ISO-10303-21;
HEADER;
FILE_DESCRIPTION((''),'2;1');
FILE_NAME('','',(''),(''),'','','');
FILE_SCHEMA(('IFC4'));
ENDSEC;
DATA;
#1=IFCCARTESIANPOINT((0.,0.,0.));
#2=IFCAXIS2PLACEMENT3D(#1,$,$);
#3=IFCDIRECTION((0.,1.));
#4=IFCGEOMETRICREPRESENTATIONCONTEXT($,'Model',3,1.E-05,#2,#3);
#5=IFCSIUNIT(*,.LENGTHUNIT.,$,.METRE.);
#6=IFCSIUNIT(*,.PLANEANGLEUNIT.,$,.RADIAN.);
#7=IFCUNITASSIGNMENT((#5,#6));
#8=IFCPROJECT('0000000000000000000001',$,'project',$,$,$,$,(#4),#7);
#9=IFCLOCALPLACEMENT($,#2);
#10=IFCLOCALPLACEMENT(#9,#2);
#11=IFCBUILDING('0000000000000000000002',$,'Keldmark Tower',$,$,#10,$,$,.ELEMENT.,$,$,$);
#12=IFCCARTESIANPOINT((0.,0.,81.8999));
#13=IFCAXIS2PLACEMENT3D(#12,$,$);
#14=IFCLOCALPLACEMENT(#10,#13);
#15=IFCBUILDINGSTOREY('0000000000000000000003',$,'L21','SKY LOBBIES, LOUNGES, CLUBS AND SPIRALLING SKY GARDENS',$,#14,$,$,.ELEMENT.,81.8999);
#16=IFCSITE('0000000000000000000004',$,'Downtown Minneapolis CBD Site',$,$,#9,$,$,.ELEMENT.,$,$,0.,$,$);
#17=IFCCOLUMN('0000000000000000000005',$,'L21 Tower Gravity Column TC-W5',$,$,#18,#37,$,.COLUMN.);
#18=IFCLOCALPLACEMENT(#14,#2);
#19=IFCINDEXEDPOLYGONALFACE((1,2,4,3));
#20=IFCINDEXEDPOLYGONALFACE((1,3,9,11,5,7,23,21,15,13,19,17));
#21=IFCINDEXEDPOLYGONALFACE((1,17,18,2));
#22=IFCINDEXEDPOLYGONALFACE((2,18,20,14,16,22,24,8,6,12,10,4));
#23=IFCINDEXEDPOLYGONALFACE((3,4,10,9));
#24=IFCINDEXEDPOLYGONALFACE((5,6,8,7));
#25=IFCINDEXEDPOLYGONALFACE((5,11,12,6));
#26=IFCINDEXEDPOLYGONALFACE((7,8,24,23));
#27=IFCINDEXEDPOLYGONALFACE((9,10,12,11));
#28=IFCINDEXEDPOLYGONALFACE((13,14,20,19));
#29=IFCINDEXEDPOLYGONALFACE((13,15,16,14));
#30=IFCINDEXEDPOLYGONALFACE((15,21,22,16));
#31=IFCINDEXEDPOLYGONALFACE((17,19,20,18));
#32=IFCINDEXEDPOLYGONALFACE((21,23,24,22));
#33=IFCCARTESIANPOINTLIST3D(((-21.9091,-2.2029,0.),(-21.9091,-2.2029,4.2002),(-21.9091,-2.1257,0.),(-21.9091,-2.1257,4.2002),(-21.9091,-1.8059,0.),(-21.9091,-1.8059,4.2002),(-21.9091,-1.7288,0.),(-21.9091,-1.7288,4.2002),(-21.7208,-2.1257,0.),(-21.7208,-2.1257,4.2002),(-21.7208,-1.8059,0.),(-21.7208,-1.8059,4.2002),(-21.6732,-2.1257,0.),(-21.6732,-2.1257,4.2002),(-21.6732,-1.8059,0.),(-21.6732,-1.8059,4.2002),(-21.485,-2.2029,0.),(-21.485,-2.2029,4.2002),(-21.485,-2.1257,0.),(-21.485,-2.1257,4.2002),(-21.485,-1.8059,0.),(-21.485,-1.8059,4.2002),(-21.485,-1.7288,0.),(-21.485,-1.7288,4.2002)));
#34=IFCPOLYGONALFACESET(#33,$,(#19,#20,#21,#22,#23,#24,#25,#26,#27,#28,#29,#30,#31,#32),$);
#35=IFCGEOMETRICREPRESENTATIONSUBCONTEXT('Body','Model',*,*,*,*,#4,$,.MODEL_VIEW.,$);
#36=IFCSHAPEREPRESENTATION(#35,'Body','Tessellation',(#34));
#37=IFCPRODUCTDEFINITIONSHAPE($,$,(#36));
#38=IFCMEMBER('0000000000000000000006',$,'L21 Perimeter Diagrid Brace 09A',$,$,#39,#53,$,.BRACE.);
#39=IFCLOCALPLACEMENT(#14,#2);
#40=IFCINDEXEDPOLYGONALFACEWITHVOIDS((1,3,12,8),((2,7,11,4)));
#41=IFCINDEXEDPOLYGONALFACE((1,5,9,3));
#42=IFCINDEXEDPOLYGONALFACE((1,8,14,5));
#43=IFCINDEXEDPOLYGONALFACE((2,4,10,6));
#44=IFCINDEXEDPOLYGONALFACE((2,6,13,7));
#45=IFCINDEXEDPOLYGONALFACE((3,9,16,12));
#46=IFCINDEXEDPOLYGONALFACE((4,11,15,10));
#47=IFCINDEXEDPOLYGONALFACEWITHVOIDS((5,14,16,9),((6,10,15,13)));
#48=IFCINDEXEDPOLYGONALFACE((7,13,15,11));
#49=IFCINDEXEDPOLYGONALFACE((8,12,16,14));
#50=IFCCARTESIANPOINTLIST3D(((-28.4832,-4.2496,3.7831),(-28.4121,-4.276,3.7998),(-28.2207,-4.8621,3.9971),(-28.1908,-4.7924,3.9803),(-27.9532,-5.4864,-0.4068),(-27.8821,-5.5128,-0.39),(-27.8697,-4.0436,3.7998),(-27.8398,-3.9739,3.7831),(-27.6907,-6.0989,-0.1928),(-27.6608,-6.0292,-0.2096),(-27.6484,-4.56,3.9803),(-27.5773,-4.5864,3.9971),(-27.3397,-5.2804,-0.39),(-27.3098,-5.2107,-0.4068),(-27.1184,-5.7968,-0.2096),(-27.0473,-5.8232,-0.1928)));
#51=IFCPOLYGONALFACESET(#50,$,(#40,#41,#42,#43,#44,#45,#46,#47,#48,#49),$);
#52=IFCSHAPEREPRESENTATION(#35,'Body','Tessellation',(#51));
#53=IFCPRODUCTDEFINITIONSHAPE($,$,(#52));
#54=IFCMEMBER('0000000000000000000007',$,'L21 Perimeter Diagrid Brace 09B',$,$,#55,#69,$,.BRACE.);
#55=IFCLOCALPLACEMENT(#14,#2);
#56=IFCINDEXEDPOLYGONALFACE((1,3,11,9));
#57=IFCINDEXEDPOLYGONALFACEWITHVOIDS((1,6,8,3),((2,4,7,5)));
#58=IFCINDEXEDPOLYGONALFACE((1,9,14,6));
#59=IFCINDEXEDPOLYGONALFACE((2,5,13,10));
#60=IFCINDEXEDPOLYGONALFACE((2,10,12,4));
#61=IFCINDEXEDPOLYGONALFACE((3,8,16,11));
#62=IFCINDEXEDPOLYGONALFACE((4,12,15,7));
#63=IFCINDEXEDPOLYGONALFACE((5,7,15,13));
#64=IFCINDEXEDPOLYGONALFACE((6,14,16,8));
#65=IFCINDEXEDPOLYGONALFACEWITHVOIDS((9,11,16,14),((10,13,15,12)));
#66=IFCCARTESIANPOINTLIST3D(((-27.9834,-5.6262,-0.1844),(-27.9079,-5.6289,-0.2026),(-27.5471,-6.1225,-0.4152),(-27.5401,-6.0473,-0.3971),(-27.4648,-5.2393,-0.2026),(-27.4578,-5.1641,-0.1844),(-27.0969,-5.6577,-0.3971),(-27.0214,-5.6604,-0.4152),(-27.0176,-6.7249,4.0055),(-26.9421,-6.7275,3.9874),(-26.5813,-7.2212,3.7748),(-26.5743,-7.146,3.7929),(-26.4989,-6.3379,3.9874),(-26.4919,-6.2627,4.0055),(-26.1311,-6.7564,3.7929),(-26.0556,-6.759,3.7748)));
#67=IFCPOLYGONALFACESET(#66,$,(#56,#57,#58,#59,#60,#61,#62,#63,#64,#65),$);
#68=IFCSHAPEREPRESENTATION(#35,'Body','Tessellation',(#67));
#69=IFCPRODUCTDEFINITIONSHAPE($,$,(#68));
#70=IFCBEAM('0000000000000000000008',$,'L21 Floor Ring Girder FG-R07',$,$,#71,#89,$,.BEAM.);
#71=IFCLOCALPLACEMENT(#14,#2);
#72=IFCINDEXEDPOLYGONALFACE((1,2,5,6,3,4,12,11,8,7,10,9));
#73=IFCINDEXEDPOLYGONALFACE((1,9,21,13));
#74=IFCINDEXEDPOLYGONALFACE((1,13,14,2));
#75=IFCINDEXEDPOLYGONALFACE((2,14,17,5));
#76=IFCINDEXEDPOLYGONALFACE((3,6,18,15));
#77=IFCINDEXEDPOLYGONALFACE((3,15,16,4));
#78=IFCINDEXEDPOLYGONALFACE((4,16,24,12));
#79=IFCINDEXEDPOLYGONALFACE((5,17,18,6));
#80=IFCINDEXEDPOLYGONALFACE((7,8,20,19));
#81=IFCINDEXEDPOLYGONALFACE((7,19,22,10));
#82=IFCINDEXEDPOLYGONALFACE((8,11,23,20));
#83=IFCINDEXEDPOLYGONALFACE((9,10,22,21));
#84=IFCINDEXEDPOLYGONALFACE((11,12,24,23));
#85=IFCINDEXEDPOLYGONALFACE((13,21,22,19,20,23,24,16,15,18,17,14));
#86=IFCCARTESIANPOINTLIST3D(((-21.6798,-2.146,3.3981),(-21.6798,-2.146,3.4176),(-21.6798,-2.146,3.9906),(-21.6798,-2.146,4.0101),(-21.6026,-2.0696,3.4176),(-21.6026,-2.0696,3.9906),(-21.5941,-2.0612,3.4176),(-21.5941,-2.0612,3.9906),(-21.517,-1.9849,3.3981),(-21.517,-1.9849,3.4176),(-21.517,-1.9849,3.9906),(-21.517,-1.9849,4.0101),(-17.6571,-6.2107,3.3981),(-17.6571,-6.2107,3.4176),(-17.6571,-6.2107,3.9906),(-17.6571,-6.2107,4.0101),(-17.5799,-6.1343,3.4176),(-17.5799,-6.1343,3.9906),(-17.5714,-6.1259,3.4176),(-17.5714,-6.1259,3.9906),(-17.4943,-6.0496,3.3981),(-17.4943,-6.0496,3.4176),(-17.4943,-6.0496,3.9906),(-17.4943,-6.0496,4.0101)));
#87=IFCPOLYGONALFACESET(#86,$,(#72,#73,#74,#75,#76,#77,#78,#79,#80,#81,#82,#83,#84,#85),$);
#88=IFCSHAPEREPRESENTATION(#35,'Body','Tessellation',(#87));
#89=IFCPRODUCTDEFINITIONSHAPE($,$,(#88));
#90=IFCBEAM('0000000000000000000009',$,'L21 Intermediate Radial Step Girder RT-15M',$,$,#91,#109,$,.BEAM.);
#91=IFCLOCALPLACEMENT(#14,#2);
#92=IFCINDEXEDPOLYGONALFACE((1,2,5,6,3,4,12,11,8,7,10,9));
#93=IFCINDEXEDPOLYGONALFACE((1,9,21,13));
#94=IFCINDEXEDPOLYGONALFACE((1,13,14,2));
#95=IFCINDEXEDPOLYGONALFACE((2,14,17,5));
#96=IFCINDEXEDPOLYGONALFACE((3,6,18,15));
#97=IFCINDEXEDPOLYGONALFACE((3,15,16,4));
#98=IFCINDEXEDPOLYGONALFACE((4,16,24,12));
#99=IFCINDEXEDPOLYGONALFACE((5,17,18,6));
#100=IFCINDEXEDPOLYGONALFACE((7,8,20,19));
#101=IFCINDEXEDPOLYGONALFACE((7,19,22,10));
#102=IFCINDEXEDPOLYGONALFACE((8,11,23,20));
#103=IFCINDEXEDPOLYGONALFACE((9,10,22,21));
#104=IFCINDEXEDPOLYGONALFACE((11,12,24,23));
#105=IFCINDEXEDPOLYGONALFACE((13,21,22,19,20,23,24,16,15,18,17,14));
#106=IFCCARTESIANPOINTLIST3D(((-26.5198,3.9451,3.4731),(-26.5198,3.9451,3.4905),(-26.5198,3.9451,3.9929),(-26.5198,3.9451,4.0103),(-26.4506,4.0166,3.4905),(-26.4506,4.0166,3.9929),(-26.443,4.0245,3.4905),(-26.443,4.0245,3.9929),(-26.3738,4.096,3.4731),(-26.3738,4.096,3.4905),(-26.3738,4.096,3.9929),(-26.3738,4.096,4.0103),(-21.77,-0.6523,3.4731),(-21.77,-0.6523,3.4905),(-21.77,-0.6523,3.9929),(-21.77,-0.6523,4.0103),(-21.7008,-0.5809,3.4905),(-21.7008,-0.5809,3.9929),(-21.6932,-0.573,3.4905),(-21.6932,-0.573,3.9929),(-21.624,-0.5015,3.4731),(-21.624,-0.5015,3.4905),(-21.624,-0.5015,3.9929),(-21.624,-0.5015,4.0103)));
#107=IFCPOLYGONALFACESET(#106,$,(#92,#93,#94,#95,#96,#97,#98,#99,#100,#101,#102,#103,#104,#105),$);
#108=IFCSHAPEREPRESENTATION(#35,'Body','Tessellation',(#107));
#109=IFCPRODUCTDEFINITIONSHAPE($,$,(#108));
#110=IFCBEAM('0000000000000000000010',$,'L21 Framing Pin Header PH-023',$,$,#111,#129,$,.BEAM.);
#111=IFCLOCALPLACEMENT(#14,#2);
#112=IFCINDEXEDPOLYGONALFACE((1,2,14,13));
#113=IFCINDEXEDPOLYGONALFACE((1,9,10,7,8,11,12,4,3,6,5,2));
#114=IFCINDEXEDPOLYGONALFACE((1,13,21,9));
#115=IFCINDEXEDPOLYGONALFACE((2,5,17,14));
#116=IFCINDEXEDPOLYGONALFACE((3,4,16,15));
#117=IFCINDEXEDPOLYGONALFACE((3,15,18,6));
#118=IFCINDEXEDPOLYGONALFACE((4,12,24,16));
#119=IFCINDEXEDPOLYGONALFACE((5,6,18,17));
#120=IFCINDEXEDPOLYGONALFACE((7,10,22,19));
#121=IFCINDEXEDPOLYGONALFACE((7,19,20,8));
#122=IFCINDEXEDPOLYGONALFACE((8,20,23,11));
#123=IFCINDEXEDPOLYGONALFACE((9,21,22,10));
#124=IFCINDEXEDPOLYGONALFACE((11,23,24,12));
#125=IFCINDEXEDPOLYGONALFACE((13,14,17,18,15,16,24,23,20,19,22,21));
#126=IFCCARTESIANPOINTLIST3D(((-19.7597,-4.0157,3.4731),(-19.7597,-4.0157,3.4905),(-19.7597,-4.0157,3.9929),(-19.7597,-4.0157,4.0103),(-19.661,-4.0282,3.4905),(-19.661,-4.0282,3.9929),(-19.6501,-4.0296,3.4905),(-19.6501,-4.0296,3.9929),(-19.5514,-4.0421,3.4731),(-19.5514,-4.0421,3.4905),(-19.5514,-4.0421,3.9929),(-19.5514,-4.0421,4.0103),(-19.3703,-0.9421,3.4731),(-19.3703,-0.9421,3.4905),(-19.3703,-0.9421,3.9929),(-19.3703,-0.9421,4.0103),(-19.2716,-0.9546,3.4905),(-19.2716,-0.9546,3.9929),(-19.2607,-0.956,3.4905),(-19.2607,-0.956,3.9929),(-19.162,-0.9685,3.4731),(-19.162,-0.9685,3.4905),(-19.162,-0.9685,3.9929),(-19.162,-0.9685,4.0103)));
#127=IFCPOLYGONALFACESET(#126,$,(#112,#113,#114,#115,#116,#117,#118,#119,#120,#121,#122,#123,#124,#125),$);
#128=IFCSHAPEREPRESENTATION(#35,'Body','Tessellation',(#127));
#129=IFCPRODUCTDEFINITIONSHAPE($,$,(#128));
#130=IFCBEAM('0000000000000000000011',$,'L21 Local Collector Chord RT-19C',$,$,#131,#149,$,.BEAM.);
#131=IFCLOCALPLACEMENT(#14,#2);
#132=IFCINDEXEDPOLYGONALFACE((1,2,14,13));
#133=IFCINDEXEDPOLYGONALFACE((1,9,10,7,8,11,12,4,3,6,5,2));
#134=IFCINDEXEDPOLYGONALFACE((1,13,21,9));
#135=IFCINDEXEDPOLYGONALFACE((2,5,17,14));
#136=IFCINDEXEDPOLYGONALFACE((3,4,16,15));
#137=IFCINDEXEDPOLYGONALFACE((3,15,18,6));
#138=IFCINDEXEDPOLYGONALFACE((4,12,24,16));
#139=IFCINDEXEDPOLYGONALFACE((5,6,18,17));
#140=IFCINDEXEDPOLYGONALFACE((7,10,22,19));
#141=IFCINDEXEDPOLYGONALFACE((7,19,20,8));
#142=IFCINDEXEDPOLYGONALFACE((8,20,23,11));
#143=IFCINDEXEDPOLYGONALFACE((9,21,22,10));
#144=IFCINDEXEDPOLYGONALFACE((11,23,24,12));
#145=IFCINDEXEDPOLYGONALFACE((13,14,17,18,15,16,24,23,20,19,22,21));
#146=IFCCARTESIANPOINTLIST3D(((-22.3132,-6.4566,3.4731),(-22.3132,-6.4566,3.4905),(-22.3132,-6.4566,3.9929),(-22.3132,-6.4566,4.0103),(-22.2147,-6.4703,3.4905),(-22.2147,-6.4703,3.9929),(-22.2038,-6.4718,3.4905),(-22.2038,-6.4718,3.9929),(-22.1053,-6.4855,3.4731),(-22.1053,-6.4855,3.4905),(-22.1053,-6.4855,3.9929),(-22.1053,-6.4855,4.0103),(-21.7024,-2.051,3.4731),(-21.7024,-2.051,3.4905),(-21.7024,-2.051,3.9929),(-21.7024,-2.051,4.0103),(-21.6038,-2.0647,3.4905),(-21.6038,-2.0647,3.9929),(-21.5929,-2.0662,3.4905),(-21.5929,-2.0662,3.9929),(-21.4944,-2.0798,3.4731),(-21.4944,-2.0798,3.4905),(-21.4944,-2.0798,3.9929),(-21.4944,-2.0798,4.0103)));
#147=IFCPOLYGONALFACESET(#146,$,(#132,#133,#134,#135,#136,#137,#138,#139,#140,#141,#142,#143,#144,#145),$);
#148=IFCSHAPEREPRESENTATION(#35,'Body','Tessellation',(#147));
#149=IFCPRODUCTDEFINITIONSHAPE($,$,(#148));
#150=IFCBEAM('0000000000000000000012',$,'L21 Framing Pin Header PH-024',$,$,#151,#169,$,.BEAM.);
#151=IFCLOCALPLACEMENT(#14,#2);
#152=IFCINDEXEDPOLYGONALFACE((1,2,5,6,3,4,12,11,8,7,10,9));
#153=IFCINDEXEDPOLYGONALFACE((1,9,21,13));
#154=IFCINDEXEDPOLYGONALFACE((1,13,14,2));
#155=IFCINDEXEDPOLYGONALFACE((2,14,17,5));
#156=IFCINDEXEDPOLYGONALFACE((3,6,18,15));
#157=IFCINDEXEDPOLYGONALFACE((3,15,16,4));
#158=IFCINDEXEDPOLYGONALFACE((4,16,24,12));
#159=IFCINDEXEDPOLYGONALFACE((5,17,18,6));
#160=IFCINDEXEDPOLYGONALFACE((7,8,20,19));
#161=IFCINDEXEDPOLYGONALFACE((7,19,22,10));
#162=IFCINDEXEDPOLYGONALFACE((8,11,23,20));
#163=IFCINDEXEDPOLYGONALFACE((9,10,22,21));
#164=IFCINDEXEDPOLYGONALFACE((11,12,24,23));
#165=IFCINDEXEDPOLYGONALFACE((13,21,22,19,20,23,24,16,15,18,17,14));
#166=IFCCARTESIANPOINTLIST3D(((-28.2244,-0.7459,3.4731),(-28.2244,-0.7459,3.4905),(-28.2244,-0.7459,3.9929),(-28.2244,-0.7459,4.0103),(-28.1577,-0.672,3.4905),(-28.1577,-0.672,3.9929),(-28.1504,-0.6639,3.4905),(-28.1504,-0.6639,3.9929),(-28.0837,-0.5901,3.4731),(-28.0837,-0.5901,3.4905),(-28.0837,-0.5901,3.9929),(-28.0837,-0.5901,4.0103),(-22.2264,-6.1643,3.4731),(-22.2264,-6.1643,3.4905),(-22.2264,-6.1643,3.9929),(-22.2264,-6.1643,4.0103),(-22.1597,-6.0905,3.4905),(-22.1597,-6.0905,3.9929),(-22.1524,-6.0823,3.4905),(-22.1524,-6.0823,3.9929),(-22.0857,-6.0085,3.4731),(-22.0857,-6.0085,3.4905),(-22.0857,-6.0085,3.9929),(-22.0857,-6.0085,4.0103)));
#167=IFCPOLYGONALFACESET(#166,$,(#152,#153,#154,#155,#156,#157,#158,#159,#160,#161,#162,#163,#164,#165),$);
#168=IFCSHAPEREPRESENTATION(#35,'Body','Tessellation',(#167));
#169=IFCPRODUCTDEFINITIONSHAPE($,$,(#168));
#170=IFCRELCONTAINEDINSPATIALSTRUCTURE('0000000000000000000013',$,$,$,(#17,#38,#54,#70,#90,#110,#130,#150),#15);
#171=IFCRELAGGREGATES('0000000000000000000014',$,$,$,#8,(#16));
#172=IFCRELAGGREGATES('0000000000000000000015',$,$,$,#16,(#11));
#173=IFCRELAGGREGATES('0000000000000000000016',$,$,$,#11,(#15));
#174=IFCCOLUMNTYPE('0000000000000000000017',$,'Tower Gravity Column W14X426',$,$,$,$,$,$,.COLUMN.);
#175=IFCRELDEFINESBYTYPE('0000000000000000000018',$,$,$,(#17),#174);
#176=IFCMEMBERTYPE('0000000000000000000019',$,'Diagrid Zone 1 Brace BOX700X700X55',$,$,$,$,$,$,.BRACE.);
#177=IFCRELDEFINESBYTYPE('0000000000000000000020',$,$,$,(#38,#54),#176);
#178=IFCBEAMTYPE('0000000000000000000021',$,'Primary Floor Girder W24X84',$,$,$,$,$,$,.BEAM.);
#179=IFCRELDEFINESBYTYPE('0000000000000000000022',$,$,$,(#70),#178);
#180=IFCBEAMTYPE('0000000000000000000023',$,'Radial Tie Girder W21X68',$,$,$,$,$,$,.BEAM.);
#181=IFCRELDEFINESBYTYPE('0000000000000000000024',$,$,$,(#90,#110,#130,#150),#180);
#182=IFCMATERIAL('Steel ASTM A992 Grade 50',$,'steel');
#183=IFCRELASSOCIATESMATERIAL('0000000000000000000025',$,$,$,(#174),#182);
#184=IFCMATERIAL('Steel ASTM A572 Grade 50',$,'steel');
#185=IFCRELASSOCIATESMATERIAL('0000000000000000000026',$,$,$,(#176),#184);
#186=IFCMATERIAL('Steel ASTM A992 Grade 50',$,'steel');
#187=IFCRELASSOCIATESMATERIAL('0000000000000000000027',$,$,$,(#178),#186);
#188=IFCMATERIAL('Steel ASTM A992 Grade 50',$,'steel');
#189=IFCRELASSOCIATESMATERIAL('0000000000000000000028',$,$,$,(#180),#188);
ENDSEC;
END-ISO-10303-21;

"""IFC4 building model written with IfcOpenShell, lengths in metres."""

from ifc_helpers import new_model, si_unit, direction, frame, origin, origin_2d, place, context, subcontext, project, spatial, hollow_rectangle, i_section, extrude, material, material_profile, profile_set, type_object, element, save


model = new_model("IFC4")

# Units and contexts
model_context = context("Model", 3, precision=1e-05, world=origin(), true_north=direction((0.0, 1.0)))
body_context = subcontext(model_context, "Body", "Model", "MODEL_VIEW")
ifc_project = project(units=[si_unit("LENGTHUNIT", "METRE"), si_unit("PLANEANGLEUNIT", "RADIAN")], contexts=[model_context])

# Site, building, storey
site_placement = place(None, origin())
site = spatial("IfcSite", under=ifc_project, at=site_placement, Name="Downtown Minneapolis CBD Site", CompositionType="ELEMENT", RefElevation=0.0)
building_placement = place(site_placement, origin())
building = spatial("IfcBuilding", under=site, at=building_placement, Name="Keldmark Tower", CompositionType="ELEMENT")
storey_placement = place(building_placement, frame((0.0, 0.0, 81.8999)))
storey = spatial("IfcBuildingStorey", under=building, at=storey_placement, Name="L21", Description="SKY LOBBIES, LOUNGES, CLUBS AND SPIRALLING SKY GARDENS", CompositionType="ELEMENT", Elevation=81.8999)

# Column
ifc_material_1 = material(Name="Steel ASTM A992 Grade 50", Category="steel")
ifc_material_profile_1 = material_profile(ifc_material_1, i_section(OverallWidth=0.4241, OverallDepth=0.4741, WebThickness=0.0476, FlangeThickness=0.0771, at=origin_2d()), Name="W14X426")
ifc_profile_set_1 = profile_set([ifc_material_profile_1], Name="Steel ASTM A992 Grade 50")
column_type = type_object("IfcColumnType", Name="Tower Gravity Column W14X426", PredefinedType="COLUMN", material=ifc_profile_set_1)
column_placement = place(storey_placement, frame((-21.697, -1.9658, 0.0), z_axis=(0.0, 0.0, 1.0), x_axis=(1.0, 0.0, 0.0)))
element("IfcColumn", 1, at=column_placement, inside=storey, type_object=column_type, Name="L21 Tower Gravity Column TC-W5", PredefinedType="COLUMN", context=body_context, shape_type="SweptSolid", body=[
    extrude(i_section(OverallWidth=0.4241, OverallDepth=0.4741, WebThickness=0.0476, FlangeThickness=0.0771, at=origin_2d()), origin(), (0.0, 0.0, 1.0), 4.2002),
])

# Members
ifc_material_2 = material(Name="Steel ASTM A572 Grade 50", Category="steel")
ifc_material_profile_2 = material_profile(ifc_material_2, hollow_rectangle(XDim=0.7, YDim=0.7, WallThickness=0.0549, at=origin_2d()), Name="BOX700X700X55")
ifc_profile_set_2 = profile_set([ifc_material_profile_2], Name="Steel ASTM A572 Grade 50")
member_type = type_object("IfcMemberType", Name="Diagrid Zone 1 Brace BOX700X700X55", PredefinedType="BRACE", material=ifc_profile_set_2)
member_1_placement = place(storey_placement, frame((-27.5002, -5.6548, -0.2998), z_axis=(-0.120442, 0.281049, 0.952106), x_axis=(-0.919154, -0.393897, 0.0)))
element("IfcMember", 2, at=member_1_placement, inside=storey, type_object=member_type, Name="L21 Perimeter Diagrid Brace 09A", PredefinedType="BRACE", context=body_context, shape_type="SweptSolid", body=[
    extrude(hollow_rectangle(XDim=0.7, YDim=0.7, WallThickness=0.0549, at=origin_2d()), origin(), (0.0, 0.0, 1.0), 4.4006),
])
member_2_placement = place(storey_placement, frame((-27.5024, -5.6433, -0.2998), z_axis=(0.217628, -0.247554, 0.944116), x_axis=(0.751045, 0.660252, 0.0)))
element("IfcMember", 3, at=member_2_placement, inside=storey, type_object=member_type, Name="L21 Perimeter Diagrid Brace 09B", PredefinedType="BRACE", context=body_context, shape_type="SweptSolid", body=[
    extrude(hollow_rectangle(XDim=0.7, YDim=0.7, WallThickness=0.0549, at=origin_2d()), origin(), (0.0, 0.0, 1.0), 4.438),
])

# Beams
ifc_material_3 = material(Name="Steel ASTM A992 Grade 50", Category="steel")
ifc_material_profile_3 = material_profile(ifc_material_3, i_section(OverallWidth=0.229, OverallDepth=0.6121, WebThickness=0.012, FlangeThickness=0.0195, at=origin_2d()), Name="W24X84")
ifc_profile_set_3 = profile_set([ifc_material_profile_3], Name="Steel ASTM A992 Grade 50")
beam_type_1 = type_object("IfcBeamType", Name="Primary Floor Girder W24X84", PredefinedType="BEAM", material=ifc_profile_set_3)
beam_1_placement = place(storey_placement, frame((-21.5984, -2.0654, 3.7041), z_axis=(0.703426, -0.710769, 0.0), x_axis=(0.710769, 0.703426, 0.0)))
element("IfcBeam", 4, at=beam_1_placement, inside=storey, type_object=beam_type_1, Name="L21 Floor Ring Girder FG-R07", PredefinedType="BEAM", context=body_context, shape_type="SweptSolid", body=[
    extrude(i_section(OverallWidth=0.229, OverallDepth=0.6121, WebThickness=0.012, FlangeThickness=0.0195, at=origin_2d()), origin(), (0.0, 0.0, 1.0), 5.7188),
])
ifc_material_4 = material(Name="Steel ASTM A992 Grade 50", Category="steel")
ifc_material_profile_4 = material_profile(ifc_material_4, i_section(OverallWidth=0.21, OverallDepth=0.5371, WebThickness=0.011, FlangeThickness=0.0173, at=origin_2d()), Name="W21X68")
ifc_profile_set_4 = profile_set([ifc_material_profile_4], Name="Steel ASTM A992 Grade 50")
beam_type_2 = type_object("IfcBeamType", Name="Radial Tie Girder W21X68", PredefinedType="BEAM", material=ifc_profile_set_4)
beam_2_placement = place(storey_placement, frame((-21.697, -0.5769, 3.7417), z_axis=(-0.718536, 0.69549, 0.0), x_axis=(-0.69549, -0.718536, 0.0)))
element("IfcBeam", 5, at=beam_2_placement, inside=storey, type_object=beam_type_2, Name="L21 Intermediate Radial Step Girder RT-15M", PredefinedType="BEAM", context=body_context, shape_type="SweptSolid", body=[
    extrude(i_section(OverallWidth=0.21, OverallDepth=0.5371, WebThickness=0.011, FlangeThickness=0.0173, at=origin_2d()), origin(), (0.0, 0.0, 1.0), 6.6104),
])
beam_3_placement = place(storey_placement, frame((-19.2661, -0.9553, 3.7417), z_axis=(-0.125693, -0.992069, 0.0), x_axis=(0.992069, -0.125693, 0.0)))
element("IfcBeam", 6, at=beam_3_placement, inside=storey, type_object=beam_type_2, Name="L21 Framing Pin Header PH-023", PredefinedType="BEAM", context=body_context, shape_type="SweptSolid", body=[
    extrude(i_section(OverallWidth=0.21, OverallDepth=0.5371, WebThickness=0.011, FlangeThickness=0.0173, at=origin_2d()), origin(), (0.0, 0.0, 1.0), 3.0981),
])
beam_4_placement = place(storey_placement, frame((-21.5984, -2.0654, 3.7417), z_axis=(-0.137339, -0.990524, 0.0), x_axis=(0.990524, -0.137339, 0.0)))
element("IfcBeam", 7, at=beam_4_placement, inside=storey, type_object=beam_type_2, Name="L21 Local Collector Chord RT-19C", PredefinedType="BEAM", context=body_context, shape_type="SweptSolid", body=[
    extrude(i_section(OverallWidth=0.21, OverallDepth=0.5371, WebThickness=0.011, FlangeThickness=0.0173, at=origin_2d()), origin(), (0.0, 0.0, 1.0), 4.4478),
])
beam_5_placement = place(storey_placement, frame((-28.1541, -0.668, 3.7417), z_axis=(0.742049, -0.670345, 0.0), x_axis=(0.670345, 0.742049, 0.0)))
element("IfcBeam", 8, at=beam_5_placement, inside=storey, type_object=beam_type_2, Name="L21 Framing Pin Header PH-024", PredefinedType="BEAM", context=body_context, shape_type="SweptSolid", body=[
    extrude(i_section(OverallWidth=0.21, OverallDepth=0.5371, WebThickness=0.011, FlangeThickness=0.0173, at=origin_2d()), origin(), (0.0, 0.0, 1.0), 8.083),
])

save(model, "model.ifc")
